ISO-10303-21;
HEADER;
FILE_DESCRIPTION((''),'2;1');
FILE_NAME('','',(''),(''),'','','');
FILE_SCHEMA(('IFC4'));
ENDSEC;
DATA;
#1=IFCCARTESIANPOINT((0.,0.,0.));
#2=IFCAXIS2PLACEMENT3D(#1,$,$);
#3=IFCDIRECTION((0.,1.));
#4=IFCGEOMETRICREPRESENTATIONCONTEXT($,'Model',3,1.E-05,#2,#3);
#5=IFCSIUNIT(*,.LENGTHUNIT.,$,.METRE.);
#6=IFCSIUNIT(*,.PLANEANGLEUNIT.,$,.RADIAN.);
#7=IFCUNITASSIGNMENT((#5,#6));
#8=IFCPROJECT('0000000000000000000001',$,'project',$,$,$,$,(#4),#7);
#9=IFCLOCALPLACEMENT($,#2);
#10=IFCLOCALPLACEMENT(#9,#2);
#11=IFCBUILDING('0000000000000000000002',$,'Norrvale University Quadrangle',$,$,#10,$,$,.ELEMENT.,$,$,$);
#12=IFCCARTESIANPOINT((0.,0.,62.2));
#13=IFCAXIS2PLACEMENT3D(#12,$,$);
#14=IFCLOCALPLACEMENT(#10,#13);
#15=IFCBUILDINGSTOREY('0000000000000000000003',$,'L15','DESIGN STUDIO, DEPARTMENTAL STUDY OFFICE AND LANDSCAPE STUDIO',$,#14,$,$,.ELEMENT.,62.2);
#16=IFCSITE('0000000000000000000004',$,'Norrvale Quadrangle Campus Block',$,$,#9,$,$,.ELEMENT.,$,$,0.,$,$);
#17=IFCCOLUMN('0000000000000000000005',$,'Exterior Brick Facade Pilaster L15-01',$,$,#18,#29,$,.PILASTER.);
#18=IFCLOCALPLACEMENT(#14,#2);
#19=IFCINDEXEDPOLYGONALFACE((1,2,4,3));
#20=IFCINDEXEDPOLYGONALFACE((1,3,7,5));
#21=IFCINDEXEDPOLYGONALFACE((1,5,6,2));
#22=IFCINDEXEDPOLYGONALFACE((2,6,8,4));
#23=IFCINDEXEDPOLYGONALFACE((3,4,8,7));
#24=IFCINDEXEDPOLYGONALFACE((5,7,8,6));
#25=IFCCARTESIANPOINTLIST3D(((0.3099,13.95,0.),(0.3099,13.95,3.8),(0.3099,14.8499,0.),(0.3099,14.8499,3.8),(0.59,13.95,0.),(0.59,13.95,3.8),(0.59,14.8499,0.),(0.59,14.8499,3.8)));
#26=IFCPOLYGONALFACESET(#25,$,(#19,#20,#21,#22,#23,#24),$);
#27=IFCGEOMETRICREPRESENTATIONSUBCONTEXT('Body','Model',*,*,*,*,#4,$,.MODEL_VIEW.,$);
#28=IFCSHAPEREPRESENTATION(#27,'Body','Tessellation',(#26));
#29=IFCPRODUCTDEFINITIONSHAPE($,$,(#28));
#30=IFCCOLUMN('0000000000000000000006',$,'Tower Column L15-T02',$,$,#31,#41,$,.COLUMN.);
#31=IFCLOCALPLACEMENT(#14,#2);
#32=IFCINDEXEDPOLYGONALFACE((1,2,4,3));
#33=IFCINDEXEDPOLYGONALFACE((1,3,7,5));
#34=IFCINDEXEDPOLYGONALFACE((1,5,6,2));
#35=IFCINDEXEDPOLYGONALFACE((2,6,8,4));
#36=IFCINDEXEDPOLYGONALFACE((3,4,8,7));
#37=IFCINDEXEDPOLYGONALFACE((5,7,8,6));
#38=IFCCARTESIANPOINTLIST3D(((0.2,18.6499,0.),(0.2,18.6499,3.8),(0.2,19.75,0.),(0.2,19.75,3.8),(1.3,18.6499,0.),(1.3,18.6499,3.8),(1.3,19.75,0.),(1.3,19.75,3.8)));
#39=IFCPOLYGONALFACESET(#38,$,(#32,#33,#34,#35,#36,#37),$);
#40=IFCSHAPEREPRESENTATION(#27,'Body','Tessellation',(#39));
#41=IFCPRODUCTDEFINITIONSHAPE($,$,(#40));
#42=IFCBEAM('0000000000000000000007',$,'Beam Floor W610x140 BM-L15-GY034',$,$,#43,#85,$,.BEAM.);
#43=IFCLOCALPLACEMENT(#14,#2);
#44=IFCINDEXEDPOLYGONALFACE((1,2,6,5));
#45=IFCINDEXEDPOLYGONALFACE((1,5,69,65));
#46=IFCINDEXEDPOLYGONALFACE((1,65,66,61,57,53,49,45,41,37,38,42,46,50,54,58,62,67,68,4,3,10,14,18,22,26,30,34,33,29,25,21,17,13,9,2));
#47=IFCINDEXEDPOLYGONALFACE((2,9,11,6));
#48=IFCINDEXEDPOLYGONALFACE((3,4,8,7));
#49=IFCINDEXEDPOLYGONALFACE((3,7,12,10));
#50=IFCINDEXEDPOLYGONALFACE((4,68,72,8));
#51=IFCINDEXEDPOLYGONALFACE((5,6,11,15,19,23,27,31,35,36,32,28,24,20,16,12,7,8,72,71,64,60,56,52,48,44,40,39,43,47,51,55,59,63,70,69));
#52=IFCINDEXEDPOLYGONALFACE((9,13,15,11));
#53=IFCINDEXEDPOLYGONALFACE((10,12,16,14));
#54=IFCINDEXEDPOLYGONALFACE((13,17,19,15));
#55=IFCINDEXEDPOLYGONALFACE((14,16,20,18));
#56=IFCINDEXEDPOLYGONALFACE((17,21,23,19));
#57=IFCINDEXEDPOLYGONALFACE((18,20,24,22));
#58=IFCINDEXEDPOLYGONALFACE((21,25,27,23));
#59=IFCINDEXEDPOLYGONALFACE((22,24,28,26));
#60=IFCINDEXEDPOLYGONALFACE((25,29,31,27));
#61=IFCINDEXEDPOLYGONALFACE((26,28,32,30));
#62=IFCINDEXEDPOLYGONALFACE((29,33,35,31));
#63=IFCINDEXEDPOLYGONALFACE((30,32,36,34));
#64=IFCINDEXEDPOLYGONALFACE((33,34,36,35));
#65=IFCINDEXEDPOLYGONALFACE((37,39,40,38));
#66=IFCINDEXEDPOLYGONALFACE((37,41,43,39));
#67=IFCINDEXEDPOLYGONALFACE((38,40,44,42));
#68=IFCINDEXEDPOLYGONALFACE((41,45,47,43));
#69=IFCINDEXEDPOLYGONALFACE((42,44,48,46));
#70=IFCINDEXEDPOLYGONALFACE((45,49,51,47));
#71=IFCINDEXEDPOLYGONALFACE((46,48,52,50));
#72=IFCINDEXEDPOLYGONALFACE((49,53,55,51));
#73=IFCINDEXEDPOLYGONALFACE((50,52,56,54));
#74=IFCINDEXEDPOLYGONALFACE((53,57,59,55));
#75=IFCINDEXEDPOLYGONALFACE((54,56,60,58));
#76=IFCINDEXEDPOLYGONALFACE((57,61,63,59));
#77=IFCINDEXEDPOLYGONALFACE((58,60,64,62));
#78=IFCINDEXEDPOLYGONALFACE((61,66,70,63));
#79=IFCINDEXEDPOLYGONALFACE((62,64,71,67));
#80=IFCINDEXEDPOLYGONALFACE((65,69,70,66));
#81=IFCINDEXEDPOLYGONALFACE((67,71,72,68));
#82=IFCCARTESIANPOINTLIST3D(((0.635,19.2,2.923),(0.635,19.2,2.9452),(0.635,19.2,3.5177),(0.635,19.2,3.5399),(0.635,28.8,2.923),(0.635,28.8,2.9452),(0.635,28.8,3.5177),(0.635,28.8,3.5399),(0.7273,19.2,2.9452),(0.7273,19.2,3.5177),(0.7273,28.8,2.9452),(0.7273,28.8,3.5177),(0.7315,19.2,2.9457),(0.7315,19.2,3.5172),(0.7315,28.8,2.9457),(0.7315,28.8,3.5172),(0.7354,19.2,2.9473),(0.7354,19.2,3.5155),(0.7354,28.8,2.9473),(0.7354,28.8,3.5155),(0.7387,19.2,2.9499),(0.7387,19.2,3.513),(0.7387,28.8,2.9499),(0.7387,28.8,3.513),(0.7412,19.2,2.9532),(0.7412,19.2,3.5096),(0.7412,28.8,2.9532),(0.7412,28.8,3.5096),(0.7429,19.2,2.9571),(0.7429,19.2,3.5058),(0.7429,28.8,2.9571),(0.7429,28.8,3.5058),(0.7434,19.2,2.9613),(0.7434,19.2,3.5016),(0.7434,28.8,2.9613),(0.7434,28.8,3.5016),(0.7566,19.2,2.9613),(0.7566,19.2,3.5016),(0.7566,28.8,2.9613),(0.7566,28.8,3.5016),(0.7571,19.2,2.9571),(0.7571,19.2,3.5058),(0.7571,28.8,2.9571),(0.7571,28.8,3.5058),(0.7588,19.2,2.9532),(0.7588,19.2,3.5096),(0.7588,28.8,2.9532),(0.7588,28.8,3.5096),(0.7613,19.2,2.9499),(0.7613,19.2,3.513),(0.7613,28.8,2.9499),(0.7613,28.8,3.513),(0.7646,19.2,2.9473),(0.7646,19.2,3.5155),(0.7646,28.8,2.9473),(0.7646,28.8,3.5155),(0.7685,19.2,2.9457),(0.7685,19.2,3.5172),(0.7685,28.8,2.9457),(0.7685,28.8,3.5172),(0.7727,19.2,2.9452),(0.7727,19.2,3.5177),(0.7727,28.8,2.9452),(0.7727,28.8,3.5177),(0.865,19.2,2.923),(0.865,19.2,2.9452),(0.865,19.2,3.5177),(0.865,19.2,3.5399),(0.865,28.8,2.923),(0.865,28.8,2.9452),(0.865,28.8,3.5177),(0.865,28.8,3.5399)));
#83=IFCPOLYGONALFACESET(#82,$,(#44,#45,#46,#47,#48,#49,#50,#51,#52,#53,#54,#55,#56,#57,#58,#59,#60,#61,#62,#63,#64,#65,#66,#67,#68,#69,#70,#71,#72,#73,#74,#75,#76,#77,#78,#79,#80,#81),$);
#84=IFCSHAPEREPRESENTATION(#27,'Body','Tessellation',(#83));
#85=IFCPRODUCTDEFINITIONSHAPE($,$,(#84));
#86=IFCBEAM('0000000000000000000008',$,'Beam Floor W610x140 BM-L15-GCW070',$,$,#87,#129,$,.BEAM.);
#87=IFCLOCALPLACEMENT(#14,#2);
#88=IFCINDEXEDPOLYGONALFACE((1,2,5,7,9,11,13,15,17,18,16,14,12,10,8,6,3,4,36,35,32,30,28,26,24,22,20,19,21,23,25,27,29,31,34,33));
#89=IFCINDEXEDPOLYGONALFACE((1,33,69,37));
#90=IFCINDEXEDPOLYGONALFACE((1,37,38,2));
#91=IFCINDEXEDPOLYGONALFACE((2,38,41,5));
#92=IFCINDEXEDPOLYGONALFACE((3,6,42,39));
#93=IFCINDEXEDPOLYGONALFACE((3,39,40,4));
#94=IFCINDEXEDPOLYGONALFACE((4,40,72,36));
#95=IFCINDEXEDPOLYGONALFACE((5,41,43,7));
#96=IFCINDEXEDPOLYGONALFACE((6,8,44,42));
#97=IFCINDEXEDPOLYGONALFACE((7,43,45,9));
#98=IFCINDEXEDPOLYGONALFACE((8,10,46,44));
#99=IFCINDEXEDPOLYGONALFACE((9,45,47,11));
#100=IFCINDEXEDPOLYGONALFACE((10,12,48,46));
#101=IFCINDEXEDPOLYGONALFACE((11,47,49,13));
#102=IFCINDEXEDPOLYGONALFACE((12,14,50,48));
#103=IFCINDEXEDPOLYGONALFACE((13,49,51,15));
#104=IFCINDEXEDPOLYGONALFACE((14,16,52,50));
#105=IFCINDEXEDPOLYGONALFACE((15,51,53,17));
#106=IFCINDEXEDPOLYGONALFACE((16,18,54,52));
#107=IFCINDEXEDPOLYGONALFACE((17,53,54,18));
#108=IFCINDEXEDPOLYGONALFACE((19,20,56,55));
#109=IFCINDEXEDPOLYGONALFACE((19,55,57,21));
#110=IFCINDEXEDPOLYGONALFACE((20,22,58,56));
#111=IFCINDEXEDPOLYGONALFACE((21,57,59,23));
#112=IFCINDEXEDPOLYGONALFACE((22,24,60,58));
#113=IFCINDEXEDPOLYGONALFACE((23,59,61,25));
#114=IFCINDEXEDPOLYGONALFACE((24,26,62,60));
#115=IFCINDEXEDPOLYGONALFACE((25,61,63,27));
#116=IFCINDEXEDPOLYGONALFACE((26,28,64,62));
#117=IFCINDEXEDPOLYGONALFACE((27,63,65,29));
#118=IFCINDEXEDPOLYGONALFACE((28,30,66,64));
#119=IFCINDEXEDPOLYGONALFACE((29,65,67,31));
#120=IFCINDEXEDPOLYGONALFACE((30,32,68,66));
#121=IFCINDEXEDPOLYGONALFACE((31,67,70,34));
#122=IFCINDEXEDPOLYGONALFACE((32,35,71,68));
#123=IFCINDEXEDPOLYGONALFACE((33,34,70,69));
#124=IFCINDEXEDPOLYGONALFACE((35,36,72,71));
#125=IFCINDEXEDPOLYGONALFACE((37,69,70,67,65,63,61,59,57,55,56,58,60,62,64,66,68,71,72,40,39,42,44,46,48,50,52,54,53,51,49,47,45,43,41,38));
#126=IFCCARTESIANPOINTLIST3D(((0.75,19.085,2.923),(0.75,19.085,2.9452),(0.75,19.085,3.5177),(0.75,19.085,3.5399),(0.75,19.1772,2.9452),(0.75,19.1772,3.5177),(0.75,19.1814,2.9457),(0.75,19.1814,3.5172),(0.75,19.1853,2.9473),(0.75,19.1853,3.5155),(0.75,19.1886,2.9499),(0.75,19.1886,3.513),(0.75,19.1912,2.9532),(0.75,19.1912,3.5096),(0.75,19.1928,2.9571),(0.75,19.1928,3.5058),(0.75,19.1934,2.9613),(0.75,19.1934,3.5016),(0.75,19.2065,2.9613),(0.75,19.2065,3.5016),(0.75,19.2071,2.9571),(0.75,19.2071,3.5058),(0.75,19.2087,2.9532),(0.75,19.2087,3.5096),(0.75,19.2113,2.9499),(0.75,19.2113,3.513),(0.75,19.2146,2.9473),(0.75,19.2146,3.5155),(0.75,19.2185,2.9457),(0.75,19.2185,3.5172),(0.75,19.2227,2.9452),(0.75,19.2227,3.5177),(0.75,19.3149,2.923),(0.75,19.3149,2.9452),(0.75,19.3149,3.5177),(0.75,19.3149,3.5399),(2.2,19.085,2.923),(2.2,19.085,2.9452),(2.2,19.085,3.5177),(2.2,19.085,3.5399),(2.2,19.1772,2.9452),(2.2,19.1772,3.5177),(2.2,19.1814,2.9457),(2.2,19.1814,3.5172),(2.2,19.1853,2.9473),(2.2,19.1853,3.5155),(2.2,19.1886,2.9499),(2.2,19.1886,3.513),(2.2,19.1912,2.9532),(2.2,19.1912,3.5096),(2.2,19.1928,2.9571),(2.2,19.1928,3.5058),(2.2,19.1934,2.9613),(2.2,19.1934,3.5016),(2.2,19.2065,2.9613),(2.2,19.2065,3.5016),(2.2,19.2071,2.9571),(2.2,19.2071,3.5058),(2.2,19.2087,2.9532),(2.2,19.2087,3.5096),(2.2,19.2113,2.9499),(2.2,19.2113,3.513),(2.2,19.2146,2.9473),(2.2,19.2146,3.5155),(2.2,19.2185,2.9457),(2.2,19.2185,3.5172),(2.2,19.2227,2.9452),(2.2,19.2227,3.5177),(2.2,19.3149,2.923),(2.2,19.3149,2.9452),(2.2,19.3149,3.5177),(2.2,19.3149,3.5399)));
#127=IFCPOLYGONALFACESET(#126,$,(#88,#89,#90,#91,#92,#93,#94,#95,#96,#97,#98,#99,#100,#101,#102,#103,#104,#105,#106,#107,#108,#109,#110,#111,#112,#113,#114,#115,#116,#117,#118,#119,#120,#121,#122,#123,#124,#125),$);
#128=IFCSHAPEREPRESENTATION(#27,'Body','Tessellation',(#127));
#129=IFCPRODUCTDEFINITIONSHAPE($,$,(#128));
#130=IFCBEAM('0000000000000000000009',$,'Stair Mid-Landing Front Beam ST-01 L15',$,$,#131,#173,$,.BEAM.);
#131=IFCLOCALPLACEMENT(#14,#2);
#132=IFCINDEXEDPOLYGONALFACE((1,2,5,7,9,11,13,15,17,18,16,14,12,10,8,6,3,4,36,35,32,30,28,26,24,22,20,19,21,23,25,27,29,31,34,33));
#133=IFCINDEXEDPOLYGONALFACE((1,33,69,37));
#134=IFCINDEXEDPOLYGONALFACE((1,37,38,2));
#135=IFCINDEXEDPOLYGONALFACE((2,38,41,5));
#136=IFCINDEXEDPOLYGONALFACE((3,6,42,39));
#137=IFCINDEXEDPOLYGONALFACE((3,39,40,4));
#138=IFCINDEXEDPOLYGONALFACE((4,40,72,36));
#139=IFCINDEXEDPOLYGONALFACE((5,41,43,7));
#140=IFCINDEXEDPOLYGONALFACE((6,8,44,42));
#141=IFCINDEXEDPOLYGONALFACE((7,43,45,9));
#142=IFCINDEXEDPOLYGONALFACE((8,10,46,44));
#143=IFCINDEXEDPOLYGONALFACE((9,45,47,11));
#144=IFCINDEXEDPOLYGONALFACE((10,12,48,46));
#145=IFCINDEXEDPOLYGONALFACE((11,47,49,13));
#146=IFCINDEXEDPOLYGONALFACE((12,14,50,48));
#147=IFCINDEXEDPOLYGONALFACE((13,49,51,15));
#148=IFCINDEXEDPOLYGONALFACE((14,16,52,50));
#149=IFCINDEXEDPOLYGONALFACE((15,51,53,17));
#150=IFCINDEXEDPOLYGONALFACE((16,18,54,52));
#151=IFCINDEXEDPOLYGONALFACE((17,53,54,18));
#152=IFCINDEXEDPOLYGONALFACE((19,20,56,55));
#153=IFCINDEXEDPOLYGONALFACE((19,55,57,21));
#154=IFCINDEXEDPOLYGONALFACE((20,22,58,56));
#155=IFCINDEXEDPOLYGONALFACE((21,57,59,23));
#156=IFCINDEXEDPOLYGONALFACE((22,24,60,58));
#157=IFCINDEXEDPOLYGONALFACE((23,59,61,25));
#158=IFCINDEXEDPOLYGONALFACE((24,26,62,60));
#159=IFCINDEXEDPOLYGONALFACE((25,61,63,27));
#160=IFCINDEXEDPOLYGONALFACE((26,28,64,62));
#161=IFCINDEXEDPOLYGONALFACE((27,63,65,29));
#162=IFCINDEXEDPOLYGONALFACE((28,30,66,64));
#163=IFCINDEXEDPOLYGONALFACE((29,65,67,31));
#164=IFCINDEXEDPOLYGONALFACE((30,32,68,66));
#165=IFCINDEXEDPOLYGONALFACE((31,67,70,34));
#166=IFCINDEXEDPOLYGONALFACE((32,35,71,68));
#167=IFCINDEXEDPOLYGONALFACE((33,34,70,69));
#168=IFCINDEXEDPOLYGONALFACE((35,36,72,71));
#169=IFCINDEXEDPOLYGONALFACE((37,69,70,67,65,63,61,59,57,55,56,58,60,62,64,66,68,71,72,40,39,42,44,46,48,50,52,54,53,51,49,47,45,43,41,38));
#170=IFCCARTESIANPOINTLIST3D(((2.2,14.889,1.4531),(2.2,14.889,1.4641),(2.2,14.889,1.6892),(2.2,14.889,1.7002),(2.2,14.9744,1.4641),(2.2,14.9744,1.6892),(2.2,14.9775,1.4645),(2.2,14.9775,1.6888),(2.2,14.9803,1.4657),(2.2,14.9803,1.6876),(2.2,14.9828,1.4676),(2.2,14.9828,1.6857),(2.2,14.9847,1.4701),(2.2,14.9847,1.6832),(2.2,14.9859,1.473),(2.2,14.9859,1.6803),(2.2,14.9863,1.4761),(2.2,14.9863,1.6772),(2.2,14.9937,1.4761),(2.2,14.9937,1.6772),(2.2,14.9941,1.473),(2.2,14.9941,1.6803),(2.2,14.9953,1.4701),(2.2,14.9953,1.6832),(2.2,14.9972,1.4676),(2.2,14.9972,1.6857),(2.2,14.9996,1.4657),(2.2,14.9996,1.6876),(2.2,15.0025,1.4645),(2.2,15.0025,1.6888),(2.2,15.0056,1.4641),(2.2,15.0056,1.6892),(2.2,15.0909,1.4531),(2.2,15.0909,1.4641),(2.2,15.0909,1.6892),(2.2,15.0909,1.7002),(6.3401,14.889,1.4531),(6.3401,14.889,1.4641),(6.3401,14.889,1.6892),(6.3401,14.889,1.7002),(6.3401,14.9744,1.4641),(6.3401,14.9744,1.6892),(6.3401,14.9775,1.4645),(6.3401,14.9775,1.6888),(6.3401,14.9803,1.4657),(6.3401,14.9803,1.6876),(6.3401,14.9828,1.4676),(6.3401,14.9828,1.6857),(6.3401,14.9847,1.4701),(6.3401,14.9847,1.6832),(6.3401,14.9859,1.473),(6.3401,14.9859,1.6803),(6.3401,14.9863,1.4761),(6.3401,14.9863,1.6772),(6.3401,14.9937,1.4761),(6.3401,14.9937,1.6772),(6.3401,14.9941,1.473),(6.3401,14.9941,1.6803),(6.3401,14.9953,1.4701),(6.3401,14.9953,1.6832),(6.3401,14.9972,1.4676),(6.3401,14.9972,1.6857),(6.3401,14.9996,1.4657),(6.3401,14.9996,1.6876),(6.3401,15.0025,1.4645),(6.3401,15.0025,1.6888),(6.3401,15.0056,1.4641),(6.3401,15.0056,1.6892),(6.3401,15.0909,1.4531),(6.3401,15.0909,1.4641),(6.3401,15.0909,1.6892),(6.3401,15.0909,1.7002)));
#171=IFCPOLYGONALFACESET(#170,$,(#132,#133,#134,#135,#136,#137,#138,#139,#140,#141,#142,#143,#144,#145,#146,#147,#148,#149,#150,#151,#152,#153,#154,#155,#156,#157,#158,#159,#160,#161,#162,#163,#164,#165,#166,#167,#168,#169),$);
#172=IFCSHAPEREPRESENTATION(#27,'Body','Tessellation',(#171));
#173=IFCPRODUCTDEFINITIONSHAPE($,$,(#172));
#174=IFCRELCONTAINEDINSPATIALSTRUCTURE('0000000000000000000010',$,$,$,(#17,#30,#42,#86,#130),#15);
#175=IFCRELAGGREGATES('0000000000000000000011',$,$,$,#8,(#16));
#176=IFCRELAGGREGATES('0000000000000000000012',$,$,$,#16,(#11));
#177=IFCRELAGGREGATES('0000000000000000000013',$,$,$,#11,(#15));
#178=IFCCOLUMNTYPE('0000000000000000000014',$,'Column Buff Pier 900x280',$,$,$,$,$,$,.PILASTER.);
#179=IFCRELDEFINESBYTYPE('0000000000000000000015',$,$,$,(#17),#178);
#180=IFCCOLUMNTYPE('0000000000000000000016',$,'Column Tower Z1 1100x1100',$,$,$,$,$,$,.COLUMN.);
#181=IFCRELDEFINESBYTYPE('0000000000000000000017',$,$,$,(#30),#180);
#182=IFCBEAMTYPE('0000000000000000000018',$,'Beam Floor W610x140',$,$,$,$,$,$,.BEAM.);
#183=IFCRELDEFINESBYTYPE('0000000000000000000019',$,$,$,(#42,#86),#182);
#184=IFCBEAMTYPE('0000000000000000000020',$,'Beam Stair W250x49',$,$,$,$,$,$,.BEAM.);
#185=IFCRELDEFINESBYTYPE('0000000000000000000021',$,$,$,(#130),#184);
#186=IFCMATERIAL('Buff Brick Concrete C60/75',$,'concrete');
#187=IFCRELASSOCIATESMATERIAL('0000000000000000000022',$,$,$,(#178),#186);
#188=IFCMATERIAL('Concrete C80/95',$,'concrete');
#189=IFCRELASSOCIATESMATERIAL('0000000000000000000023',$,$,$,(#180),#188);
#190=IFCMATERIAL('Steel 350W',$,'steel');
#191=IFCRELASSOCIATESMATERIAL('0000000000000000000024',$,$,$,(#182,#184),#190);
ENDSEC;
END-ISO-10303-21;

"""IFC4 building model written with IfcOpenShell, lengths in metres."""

from ifc_helpers import new_model, si_unit, direction, frame, origin, origin_2d, place, context, subcontext, project, spatial, rectangle, i_section, extrude, material, material_profile, profile_set, type_object, element, save


model = new_model("IFC4")

# Units and contexts
model_context = context("Model", 3, precision=1e-05, world=origin(), true_north=direction((0.0, 1.0)))
body_context = subcontext(model_context, "Body", "Model", "MODEL_VIEW")
ifc_project = project(units=[si_unit("LENGTHUNIT", "METRE"), si_unit("PLANEANGLEUNIT", "RADIAN")], contexts=[model_context])

# Site, building, storey
site_placement = place(None, origin())
site = spatial("IfcSite", under=ifc_project, at=site_placement, Name="Norrvale Quadrangle Campus Block", CompositionType="ELEMENT", RefElevation=0.0)
building_placement = place(site_placement, origin())
building = spatial("IfcBuilding", under=site, at=building_placement, Name="Norrvale University Quadrangle", CompositionType="ELEMENT")
storey_placement = place(building_placement, frame((0.0, 0.0, 62.2)))
storey = spatial("IfcBuildingStorey", under=building, at=storey_placement, Name="L15", Description="DESIGN STUDIO, DEPARTMENTAL STUDY OFFICE AND LANDSCAPE STUDIO", CompositionType="ELEMENT", Elevation=62.2)

# Columns
ifc_material_1 = material(Name="Buff Brick Concrete C60/75", Category="concrete")
ifc_material_profile_1 = material_profile(ifc_material_1, rectangle(XDim=0.8999, YDim=0.28, at=origin_2d()), Name="Buff Brick Concrete C60/75")
ifc_profile_set_1 = profile_set([ifc_material_profile_1], Name="Buff Brick Concrete C60/75")
column_type_1 = type_object("IfcColumnType", Name="Column Buff Pier 900x280", PredefinedType="PILASTER", material=ifc_profile_set_1)
column_1_placement = place(storey_placement, frame((0.45, 14.3999, 0.0), z_axis=(0.0, 0.0, 1.0), x_axis=(0.0, 1.0, 0.0)))
element("IfcColumn", 1, at=column_1_placement, inside=storey, type_object=column_type_1, Name="Exterior Brick Facade Pilaster L15-01", PredefinedType="PILASTER", context=body_context, shape_type="SweptSolid", body=[
    extrude(rectangle(XDim=0.8999, YDim=0.28, at=origin_2d()), origin(), (0.0, 0.0, 1.0), 3.8),
])
ifc_material_2 = material(Name="Concrete C80/95", Category="concrete")
ifc_material_profile_2 = material_profile(ifc_material_2, rectangle(XDim=1.1001, YDim=1.1001, at=origin_2d()), Name="Concrete C80/95")
ifc_profile_set_2 = profile_set([ifc_material_profile_2], Name="Concrete C80/95")
column_type_2 = type_object("IfcColumnType", Name="Column Tower Z1 1100x1100", PredefinedType="COLUMN", material=ifc_profile_set_2)
column_2_placement = place(storey_placement, frame((0.75, 19.2, 0.0), z_axis=(0.0, 0.0, 1.0), x_axis=(1.0, 0.0, 0.0)))
element("IfcColumn", 2, at=column_2_placement, inside=storey, type_object=column_type_2, Name="Tower Column L15-T02", PredefinedType="COLUMN", context=body_context, shape_type="SweptSolid", body=[
    extrude(rectangle(XDim=1.1001, YDim=1.1001, at=origin_2d()), origin(), (0.0, 0.0, 1.0), 3.8),
])

# Beams
ifc_material_3 = material(Name="Steel 350W", Category="steel")
ifc_material_profile_3 = material_profile(ifc_material_3, i_section(OverallWidth=0.23, OverallDepth=0.6169, WebThickness=0.0132, FlangeThickness=0.0222, FilletRadius=0.0161, at=origin_2d()), Name="Steel 350W")
ifc_profile_set_3 = profile_set([ifc_material_profile_3], Name="Steel 350W")
beam_type_1 = type_object("IfcBeamType", Name="Beam Floor W610x140", PredefinedType="BEAM", material=ifc_profile_set_3)
beam_1_placement = place(storey_placement, frame((0.75, 19.2, 3.2314), z_axis=(0.0, 1.0, 0.0), x_axis=(-1.0, 0.0, 0.0)))
element("IfcBeam", 3, at=beam_1_placement, inside=storey, type_object=beam_type_1, Name="Beam Floor W610x140 BM-L15-GY034", PredefinedType="BEAM", context=body_context, shape_type="SweptSolid", body=[
    extrude(i_section(OverallWidth=0.23, OverallDepth=0.6169, WebThickness=0.0132, FlangeThickness=0.0222, FilletRadius=0.0161, at=origin_2d()), origin(), (0.0, 0.0, 1.0), 9.6001),
])
beam_2_placement = place(storey_placement, frame((0.75, 19.2, 3.2314), z_axis=(1.0, 0.0, 0.0), x_axis=(0.0, 1.0, 0.0)))
element("IfcBeam", 4, at=beam_2_placement, inside=storey, type_object=beam_type_1, Name="Beam Floor W610x140 BM-L15-GCW070", PredefinedType="BEAM", context=body_context, shape_type="SweptSolid", body=[
    extrude(i_section(OverallWidth=0.23, OverallDepth=0.6169, WebThickness=0.0132, FlangeThickness=0.0222, FilletRadius=0.0161, at=origin_2d()), origin(), (0.0, 0.0, 1.0), 1.45),
])
ifc_material_profile_4 = material_profile(ifc_material_3, i_section(OverallWidth=0.2019, OverallDepth=0.2471, WebThickness=0.0073, FlangeThickness=0.011, FilletRadius=0.012, at=origin_2d()), Name="Steel 350W")
ifc_profile_set_4 = profile_set([ifc_material_profile_4], Name="Steel 350W")
beam_type_2 = type_object("IfcBeamType", Name="Beam Stair W250x49", PredefinedType="BEAM", material=ifc_profile_set_4)
for number, where, z_axis, x_axis, name in (
    (5, (2.2, 14.99, 1.5767), (1.0, 0.0, 0.0), (0.0, 1.0, 0.0), "Stair Mid-Landing Front Beam ST-01 L15"),
):
    element("IfcBeam", number, at=place(storey_placement, frame(where, z_axis=z_axis, x_axis=x_axis)), inside=storey, type_object=beam_type_2, Name=name, PredefinedType="BEAM", context=body_context, shape_type="SweptSolid", body=[
        extrude(i_section(OverallWidth=0.2019, OverallDepth=0.2471, WebThickness=0.0073, FlangeThickness=0.011, FilletRadius=0.012, at=origin_2d()), origin(), (0.0, 0.0, 1.0), 4.1401),
    ])

save(model, "model.ifc")
